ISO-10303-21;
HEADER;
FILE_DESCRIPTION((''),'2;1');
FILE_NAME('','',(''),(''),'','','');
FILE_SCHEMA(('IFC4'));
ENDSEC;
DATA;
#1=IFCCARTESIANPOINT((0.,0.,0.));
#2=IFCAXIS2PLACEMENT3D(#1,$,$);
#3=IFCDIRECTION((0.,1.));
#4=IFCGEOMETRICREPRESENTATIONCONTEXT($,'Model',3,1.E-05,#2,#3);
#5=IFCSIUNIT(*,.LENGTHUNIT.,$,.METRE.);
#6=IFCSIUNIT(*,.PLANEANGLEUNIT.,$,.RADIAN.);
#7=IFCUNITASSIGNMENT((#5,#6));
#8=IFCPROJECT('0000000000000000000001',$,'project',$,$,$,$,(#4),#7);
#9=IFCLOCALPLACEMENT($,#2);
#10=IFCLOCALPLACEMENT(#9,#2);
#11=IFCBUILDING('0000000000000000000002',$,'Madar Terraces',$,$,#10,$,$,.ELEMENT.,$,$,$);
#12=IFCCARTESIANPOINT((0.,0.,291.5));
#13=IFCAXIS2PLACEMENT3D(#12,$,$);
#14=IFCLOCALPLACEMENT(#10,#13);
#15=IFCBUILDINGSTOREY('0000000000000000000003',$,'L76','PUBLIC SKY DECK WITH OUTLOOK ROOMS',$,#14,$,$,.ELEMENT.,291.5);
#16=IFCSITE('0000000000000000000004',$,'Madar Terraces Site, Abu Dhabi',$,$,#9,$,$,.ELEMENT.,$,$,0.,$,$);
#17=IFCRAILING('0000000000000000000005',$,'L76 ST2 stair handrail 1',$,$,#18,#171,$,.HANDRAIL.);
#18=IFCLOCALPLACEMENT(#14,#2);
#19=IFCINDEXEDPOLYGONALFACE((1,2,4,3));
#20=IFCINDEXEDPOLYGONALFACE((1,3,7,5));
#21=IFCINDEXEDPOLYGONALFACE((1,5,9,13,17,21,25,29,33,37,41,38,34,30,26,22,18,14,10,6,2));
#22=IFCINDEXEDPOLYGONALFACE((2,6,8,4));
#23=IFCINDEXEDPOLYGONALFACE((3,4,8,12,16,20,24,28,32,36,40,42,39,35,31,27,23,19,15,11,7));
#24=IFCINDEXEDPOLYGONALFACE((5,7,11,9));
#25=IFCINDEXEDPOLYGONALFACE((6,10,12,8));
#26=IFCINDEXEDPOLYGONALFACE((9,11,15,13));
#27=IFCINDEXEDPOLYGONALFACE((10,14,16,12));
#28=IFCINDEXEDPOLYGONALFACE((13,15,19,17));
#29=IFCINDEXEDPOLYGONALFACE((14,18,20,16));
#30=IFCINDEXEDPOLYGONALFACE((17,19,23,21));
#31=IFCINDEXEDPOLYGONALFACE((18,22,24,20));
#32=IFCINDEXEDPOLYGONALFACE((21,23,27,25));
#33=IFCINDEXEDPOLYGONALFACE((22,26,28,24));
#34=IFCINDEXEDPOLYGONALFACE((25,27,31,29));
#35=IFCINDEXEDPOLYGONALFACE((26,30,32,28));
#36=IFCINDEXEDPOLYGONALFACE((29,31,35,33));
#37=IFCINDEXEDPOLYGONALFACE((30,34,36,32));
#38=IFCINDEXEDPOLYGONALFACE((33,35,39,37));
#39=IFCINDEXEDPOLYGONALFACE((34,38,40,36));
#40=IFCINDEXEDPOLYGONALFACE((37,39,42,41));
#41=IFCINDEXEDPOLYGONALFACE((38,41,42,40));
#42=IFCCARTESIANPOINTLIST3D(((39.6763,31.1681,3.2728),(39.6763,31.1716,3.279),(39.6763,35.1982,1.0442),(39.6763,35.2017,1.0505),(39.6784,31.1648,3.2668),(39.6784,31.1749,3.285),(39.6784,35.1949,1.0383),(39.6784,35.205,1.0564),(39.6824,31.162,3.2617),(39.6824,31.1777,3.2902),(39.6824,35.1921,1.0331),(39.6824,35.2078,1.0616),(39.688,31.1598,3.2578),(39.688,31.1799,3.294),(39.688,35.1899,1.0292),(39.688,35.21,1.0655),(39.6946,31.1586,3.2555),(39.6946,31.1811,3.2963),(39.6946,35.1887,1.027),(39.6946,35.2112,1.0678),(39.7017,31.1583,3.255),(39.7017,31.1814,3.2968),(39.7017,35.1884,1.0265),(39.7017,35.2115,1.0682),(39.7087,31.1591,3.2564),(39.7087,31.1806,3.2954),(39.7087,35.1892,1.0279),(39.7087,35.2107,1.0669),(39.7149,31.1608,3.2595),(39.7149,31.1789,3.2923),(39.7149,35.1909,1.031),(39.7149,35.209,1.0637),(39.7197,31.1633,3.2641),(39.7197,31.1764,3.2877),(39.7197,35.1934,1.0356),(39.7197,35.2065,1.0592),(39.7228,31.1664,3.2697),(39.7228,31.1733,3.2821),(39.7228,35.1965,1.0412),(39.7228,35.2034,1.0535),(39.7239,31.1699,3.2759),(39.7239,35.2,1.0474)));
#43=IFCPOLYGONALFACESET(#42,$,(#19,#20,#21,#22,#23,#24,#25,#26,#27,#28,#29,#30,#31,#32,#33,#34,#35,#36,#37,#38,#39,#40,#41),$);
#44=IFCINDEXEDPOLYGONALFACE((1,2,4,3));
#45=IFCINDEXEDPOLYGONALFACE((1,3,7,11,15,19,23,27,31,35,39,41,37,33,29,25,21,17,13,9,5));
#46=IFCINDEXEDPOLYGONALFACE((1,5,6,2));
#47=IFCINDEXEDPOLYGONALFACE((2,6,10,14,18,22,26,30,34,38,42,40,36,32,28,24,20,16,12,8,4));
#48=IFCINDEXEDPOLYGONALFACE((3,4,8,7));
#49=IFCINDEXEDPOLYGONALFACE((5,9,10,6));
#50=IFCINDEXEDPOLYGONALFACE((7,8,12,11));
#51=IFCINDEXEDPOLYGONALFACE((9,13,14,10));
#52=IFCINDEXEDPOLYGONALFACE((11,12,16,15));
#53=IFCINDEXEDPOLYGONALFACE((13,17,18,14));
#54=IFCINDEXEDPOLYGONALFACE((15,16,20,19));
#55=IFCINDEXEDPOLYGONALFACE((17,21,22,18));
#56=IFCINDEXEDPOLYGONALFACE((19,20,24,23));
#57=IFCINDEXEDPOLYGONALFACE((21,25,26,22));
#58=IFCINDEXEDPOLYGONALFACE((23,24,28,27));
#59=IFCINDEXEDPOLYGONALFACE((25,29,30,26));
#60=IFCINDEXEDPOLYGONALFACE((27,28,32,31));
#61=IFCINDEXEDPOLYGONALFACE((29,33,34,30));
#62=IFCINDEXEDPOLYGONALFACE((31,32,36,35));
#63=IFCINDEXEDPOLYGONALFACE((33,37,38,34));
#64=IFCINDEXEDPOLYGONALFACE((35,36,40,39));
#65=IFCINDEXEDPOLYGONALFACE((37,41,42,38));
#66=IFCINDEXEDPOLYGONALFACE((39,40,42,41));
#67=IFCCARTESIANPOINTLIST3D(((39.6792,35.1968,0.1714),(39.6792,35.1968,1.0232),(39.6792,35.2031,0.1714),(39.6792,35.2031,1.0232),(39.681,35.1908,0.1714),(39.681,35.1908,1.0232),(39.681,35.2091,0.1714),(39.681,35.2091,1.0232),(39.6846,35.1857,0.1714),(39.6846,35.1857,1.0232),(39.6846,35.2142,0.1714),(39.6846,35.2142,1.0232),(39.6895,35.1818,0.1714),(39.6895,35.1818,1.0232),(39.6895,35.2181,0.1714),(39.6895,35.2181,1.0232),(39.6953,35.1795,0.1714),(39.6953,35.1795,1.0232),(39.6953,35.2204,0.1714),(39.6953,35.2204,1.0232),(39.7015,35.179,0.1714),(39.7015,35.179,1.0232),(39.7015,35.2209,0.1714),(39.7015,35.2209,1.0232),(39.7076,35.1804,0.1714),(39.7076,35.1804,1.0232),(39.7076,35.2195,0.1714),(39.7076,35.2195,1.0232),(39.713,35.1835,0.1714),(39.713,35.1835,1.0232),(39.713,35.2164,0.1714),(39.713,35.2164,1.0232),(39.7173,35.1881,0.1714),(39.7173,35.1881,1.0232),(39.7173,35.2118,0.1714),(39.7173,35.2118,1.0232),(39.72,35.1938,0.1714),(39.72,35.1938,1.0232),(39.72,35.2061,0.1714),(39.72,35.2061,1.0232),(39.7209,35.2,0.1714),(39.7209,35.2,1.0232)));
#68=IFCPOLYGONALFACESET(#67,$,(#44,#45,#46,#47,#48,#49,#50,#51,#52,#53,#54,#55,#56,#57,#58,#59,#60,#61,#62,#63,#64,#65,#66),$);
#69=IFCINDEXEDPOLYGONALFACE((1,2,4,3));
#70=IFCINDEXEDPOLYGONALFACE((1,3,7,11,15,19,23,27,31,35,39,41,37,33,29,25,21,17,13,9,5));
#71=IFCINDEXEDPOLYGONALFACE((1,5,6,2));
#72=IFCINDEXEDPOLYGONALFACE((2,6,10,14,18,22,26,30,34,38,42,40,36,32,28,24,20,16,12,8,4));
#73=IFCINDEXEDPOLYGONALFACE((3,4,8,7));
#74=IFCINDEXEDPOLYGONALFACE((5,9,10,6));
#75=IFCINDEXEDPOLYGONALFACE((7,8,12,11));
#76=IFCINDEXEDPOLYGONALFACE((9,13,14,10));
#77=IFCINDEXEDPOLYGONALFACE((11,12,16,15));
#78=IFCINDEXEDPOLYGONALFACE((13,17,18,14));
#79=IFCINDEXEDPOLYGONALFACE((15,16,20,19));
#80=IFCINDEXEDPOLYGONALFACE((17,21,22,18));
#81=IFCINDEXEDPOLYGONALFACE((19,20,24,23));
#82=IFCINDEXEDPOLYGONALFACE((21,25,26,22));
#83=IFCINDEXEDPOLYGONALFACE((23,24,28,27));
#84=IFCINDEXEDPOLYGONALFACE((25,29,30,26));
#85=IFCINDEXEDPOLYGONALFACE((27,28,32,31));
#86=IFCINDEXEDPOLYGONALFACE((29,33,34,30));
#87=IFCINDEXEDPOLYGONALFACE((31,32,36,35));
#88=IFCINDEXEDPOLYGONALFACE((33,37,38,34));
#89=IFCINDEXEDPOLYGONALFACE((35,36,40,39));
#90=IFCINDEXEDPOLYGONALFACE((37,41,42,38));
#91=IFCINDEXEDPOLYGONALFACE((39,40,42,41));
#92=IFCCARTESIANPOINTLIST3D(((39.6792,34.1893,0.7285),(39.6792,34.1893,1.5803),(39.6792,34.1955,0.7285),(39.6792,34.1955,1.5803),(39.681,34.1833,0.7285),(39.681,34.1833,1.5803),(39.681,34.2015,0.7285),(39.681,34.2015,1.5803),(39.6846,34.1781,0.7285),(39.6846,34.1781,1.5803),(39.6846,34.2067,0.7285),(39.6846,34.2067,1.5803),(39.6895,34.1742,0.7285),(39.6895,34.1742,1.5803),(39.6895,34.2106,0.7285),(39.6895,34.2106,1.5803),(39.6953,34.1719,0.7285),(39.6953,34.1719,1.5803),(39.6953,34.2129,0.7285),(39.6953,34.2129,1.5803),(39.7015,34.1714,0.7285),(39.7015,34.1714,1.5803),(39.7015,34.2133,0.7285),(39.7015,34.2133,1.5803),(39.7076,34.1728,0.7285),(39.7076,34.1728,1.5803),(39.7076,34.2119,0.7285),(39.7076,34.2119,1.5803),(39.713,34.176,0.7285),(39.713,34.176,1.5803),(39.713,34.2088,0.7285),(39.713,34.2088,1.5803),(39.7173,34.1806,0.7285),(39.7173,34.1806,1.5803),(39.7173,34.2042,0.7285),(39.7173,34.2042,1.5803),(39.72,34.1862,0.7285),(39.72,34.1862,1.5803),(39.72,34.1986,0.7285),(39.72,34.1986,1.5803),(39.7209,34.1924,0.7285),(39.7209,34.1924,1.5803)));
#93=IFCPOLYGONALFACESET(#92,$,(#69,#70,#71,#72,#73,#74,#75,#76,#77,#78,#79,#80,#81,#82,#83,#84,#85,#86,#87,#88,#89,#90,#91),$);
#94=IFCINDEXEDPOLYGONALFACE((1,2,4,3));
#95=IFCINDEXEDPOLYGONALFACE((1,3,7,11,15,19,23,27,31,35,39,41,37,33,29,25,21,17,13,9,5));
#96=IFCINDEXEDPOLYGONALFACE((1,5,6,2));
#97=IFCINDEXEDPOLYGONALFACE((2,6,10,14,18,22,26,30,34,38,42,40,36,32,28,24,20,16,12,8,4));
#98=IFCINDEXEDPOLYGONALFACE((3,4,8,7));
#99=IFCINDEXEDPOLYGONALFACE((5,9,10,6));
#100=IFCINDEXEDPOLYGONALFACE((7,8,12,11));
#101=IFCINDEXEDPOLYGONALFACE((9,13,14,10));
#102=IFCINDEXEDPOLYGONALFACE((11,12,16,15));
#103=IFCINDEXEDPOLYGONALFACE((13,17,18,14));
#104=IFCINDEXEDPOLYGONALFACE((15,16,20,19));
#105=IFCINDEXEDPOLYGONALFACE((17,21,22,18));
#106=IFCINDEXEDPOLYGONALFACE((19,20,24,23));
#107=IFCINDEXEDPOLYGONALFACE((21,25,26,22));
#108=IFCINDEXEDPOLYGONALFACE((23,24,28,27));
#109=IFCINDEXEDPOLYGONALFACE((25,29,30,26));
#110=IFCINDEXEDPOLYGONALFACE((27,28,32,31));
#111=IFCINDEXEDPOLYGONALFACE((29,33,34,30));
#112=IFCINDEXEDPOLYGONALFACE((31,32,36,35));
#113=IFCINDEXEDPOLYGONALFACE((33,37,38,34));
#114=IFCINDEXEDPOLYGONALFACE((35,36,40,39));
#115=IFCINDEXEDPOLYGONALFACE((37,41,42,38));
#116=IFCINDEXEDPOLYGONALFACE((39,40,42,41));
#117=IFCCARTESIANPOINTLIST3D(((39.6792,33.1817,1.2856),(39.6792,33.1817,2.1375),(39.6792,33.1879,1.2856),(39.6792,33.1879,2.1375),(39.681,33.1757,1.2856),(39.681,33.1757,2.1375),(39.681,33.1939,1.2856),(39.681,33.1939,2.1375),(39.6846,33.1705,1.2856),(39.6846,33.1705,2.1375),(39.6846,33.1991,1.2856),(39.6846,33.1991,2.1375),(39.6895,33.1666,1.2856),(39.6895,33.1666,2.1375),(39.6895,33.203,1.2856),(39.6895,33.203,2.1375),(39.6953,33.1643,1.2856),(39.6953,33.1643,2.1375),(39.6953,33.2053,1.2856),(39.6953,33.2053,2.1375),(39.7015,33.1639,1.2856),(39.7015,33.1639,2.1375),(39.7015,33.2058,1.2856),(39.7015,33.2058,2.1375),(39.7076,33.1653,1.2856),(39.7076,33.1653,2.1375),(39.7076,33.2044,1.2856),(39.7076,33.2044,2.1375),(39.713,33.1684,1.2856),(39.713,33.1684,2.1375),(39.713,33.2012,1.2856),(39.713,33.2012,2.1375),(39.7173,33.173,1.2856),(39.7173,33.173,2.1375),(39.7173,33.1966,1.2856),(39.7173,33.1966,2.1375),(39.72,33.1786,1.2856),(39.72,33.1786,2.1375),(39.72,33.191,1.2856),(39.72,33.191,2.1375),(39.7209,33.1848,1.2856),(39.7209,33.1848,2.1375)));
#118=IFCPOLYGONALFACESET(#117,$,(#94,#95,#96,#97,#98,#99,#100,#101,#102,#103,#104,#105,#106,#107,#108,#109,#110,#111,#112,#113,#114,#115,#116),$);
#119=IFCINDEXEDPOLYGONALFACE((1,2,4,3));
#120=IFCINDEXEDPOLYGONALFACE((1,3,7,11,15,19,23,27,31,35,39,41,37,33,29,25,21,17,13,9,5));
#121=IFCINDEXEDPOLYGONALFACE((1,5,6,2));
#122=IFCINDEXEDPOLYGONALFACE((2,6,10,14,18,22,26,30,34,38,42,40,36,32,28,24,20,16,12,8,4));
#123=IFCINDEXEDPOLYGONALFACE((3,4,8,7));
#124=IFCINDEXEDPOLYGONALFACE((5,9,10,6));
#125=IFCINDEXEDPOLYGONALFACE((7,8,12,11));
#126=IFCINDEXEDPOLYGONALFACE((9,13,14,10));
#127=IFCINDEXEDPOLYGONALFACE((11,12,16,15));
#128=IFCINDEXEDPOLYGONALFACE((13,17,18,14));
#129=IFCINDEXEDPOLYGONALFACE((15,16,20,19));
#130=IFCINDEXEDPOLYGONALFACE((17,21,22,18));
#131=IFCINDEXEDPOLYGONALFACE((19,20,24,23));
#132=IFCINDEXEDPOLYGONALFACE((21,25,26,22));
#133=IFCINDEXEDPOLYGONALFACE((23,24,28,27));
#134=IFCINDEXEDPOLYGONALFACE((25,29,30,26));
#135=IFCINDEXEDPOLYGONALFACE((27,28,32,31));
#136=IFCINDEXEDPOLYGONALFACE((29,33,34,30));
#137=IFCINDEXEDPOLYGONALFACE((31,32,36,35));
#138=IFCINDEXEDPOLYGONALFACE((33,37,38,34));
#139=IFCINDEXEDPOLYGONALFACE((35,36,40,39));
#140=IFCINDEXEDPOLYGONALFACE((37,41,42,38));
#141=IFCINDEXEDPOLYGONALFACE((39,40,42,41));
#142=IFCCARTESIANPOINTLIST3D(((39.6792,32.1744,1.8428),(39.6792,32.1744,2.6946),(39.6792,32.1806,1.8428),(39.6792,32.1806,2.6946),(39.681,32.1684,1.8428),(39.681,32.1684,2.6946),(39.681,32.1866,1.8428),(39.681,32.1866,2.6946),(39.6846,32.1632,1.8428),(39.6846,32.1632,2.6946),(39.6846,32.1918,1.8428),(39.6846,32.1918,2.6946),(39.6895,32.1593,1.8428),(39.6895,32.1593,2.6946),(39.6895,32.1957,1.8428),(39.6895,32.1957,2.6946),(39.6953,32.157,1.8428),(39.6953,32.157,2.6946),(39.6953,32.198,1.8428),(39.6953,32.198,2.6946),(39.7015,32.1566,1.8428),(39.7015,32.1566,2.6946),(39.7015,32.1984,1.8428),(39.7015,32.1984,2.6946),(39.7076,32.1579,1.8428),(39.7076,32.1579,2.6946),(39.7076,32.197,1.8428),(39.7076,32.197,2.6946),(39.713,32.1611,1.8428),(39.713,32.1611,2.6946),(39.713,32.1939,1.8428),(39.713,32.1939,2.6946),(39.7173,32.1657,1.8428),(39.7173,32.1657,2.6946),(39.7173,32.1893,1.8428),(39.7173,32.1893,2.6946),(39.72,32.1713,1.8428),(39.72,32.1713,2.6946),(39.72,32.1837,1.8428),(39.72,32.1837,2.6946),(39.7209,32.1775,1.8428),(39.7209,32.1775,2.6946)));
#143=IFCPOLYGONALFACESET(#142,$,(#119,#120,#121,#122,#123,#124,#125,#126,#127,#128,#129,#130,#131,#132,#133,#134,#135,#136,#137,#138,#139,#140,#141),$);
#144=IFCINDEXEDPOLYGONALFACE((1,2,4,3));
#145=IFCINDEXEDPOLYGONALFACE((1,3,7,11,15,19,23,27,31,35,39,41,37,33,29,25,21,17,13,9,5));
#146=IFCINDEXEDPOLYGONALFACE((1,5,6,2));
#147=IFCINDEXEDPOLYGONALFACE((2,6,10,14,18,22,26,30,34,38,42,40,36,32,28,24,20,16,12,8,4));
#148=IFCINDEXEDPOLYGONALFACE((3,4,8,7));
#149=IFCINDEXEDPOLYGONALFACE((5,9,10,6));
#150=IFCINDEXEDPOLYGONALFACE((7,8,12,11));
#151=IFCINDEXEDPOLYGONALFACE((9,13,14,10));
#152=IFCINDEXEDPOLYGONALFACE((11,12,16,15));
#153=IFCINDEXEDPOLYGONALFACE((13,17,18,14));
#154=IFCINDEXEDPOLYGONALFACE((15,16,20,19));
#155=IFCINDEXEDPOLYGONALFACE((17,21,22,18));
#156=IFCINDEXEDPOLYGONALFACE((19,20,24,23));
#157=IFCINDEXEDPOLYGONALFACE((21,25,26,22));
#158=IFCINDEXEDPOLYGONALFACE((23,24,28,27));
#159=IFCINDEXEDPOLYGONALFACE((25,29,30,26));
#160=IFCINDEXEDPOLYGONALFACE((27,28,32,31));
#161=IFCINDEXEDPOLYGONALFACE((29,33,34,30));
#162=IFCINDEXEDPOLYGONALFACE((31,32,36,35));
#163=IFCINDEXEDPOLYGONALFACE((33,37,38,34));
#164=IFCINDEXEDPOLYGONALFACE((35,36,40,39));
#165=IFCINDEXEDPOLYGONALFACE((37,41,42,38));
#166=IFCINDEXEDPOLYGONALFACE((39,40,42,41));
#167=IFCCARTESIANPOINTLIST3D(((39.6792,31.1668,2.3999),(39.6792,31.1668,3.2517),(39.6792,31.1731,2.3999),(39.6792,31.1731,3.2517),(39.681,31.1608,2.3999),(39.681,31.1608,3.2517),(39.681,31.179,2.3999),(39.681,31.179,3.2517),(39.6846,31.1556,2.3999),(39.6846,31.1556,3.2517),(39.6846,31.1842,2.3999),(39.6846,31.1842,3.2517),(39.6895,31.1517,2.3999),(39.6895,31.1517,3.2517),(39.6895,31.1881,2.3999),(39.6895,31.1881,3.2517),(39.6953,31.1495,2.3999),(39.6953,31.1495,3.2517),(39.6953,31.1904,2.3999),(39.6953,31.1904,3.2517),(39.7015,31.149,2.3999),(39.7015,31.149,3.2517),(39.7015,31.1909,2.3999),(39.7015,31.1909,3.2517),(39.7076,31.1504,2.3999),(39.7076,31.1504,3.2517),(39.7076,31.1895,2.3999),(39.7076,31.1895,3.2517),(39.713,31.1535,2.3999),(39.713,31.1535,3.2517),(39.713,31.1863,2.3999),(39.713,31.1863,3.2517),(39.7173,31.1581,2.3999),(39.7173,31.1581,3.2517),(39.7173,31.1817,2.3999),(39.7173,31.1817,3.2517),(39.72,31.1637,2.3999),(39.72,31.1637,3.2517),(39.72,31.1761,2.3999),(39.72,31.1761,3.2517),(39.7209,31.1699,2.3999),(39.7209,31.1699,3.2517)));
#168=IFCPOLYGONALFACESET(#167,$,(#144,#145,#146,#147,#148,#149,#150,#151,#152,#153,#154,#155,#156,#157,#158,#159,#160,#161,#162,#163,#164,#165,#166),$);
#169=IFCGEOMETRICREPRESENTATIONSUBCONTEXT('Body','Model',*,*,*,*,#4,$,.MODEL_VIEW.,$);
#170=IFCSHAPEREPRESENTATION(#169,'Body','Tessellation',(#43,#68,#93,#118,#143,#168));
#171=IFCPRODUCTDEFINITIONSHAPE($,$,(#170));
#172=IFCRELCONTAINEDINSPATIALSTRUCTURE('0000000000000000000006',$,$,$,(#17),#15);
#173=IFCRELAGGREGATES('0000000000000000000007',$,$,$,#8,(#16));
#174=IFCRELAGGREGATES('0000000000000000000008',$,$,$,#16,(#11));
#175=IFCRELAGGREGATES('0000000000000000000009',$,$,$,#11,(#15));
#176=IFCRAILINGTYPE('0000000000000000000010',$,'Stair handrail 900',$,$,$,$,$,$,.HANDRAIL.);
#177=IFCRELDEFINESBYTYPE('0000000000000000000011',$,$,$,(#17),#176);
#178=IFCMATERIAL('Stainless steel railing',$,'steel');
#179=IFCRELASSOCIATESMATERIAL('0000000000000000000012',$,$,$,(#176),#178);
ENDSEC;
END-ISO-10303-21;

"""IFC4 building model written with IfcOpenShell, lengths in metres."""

from ifc_helpers import new_model, si_unit, direction, frame, origin, origin_2d, place, context, subcontext, project, spatial, circle, extrude, material, type_object, element, save


model = new_model("IFC4")

# Units and contexts
model_context = context("Model", 3, precision=1e-05, world=origin(), true_north=direction((0.0, 1.0)))
body_context = subcontext(model_context, "Body", "Model", "MODEL_VIEW")
ifc_project = project(units=[si_unit("LENGTHUNIT", "METRE"), si_unit("PLANEANGLEUNIT", "RADIAN")], contexts=[model_context])

# Site, building, storey
site_placement = place(None, origin())
site = spatial("IfcSite", under=ifc_project, at=site_placement, Name="Madar Terraces Site, Abu Dhabi", CompositionType="ELEMENT", RefElevation=0.0)
building_placement = place(site_placement, origin())
building = spatial("IfcBuilding", under=site, at=building_placement, Name="Madar Terraces", CompositionType="ELEMENT")
storey_placement = place(building_placement, frame((0.0, 0.0, 291.5)))
storey = spatial("IfcBuildingStorey", under=building, at=storey_placement, Name="L76", Description="PUBLIC SKY DECK WITH OUTLOOK ROOMS", CompositionType="ELEMENT", Elevation=291.5)

# Railing
ifc_material_1 = material(Name="Stainless steel railing", Category="steel")
railing_type_1 = type_object("IfcRailingType", Name="Stair handrail 900", PredefinedType="HANDRAIL", material=ifc_material_1)
railing_1_placement = place(storey_placement, frame((39.7, 35.2, 0.1714)))
element("IfcRailing", 1, at=railing_1_placement, inside=storey, type_object=railing_type_1, Name="L76 ST2 stair handrail 1", PredefinedType="HANDRAIL", context=body_context, shape_type="SweptSolid", body=[
    extrude(circle(Radius=0.0239, at=origin_2d()), frame((0.0, 0.0, 0.876), z_axis=(0.0, -0.875113, 0.483918), x_axis=(1.0, 0.0, 0.0)), (0.0, 0.0, 1.0), 4.6052),
    extrude(circle(Radius=0.021, at=origin_2d()), origin(), (0.0, 0.0, 1.0), 0.8518),
    extrude(circle(Radius=0.021, at=origin_2d()), frame((0.0, -1.0076, 0.5571)), (0.0, 0.0, 1.0), 0.8518),
    extrude(circle(Radius=0.021, at=origin_2d()), frame((0.0, -2.0151, 1.1143)), (0.0, 0.0, 1.0), 0.8518),
    extrude(circle(Radius=0.021, at=origin_2d()), frame((0.0, -3.0225, 1.6714)), (0.0, 0.0, 1.0), 0.8518),
    extrude(circle(Radius=0.021, at=origin_2d()), frame((0.0, -4.03, 2.2285)), (0.0, 0.0, 1.0), 0.8518),
])

save(model, "model.ifc")
